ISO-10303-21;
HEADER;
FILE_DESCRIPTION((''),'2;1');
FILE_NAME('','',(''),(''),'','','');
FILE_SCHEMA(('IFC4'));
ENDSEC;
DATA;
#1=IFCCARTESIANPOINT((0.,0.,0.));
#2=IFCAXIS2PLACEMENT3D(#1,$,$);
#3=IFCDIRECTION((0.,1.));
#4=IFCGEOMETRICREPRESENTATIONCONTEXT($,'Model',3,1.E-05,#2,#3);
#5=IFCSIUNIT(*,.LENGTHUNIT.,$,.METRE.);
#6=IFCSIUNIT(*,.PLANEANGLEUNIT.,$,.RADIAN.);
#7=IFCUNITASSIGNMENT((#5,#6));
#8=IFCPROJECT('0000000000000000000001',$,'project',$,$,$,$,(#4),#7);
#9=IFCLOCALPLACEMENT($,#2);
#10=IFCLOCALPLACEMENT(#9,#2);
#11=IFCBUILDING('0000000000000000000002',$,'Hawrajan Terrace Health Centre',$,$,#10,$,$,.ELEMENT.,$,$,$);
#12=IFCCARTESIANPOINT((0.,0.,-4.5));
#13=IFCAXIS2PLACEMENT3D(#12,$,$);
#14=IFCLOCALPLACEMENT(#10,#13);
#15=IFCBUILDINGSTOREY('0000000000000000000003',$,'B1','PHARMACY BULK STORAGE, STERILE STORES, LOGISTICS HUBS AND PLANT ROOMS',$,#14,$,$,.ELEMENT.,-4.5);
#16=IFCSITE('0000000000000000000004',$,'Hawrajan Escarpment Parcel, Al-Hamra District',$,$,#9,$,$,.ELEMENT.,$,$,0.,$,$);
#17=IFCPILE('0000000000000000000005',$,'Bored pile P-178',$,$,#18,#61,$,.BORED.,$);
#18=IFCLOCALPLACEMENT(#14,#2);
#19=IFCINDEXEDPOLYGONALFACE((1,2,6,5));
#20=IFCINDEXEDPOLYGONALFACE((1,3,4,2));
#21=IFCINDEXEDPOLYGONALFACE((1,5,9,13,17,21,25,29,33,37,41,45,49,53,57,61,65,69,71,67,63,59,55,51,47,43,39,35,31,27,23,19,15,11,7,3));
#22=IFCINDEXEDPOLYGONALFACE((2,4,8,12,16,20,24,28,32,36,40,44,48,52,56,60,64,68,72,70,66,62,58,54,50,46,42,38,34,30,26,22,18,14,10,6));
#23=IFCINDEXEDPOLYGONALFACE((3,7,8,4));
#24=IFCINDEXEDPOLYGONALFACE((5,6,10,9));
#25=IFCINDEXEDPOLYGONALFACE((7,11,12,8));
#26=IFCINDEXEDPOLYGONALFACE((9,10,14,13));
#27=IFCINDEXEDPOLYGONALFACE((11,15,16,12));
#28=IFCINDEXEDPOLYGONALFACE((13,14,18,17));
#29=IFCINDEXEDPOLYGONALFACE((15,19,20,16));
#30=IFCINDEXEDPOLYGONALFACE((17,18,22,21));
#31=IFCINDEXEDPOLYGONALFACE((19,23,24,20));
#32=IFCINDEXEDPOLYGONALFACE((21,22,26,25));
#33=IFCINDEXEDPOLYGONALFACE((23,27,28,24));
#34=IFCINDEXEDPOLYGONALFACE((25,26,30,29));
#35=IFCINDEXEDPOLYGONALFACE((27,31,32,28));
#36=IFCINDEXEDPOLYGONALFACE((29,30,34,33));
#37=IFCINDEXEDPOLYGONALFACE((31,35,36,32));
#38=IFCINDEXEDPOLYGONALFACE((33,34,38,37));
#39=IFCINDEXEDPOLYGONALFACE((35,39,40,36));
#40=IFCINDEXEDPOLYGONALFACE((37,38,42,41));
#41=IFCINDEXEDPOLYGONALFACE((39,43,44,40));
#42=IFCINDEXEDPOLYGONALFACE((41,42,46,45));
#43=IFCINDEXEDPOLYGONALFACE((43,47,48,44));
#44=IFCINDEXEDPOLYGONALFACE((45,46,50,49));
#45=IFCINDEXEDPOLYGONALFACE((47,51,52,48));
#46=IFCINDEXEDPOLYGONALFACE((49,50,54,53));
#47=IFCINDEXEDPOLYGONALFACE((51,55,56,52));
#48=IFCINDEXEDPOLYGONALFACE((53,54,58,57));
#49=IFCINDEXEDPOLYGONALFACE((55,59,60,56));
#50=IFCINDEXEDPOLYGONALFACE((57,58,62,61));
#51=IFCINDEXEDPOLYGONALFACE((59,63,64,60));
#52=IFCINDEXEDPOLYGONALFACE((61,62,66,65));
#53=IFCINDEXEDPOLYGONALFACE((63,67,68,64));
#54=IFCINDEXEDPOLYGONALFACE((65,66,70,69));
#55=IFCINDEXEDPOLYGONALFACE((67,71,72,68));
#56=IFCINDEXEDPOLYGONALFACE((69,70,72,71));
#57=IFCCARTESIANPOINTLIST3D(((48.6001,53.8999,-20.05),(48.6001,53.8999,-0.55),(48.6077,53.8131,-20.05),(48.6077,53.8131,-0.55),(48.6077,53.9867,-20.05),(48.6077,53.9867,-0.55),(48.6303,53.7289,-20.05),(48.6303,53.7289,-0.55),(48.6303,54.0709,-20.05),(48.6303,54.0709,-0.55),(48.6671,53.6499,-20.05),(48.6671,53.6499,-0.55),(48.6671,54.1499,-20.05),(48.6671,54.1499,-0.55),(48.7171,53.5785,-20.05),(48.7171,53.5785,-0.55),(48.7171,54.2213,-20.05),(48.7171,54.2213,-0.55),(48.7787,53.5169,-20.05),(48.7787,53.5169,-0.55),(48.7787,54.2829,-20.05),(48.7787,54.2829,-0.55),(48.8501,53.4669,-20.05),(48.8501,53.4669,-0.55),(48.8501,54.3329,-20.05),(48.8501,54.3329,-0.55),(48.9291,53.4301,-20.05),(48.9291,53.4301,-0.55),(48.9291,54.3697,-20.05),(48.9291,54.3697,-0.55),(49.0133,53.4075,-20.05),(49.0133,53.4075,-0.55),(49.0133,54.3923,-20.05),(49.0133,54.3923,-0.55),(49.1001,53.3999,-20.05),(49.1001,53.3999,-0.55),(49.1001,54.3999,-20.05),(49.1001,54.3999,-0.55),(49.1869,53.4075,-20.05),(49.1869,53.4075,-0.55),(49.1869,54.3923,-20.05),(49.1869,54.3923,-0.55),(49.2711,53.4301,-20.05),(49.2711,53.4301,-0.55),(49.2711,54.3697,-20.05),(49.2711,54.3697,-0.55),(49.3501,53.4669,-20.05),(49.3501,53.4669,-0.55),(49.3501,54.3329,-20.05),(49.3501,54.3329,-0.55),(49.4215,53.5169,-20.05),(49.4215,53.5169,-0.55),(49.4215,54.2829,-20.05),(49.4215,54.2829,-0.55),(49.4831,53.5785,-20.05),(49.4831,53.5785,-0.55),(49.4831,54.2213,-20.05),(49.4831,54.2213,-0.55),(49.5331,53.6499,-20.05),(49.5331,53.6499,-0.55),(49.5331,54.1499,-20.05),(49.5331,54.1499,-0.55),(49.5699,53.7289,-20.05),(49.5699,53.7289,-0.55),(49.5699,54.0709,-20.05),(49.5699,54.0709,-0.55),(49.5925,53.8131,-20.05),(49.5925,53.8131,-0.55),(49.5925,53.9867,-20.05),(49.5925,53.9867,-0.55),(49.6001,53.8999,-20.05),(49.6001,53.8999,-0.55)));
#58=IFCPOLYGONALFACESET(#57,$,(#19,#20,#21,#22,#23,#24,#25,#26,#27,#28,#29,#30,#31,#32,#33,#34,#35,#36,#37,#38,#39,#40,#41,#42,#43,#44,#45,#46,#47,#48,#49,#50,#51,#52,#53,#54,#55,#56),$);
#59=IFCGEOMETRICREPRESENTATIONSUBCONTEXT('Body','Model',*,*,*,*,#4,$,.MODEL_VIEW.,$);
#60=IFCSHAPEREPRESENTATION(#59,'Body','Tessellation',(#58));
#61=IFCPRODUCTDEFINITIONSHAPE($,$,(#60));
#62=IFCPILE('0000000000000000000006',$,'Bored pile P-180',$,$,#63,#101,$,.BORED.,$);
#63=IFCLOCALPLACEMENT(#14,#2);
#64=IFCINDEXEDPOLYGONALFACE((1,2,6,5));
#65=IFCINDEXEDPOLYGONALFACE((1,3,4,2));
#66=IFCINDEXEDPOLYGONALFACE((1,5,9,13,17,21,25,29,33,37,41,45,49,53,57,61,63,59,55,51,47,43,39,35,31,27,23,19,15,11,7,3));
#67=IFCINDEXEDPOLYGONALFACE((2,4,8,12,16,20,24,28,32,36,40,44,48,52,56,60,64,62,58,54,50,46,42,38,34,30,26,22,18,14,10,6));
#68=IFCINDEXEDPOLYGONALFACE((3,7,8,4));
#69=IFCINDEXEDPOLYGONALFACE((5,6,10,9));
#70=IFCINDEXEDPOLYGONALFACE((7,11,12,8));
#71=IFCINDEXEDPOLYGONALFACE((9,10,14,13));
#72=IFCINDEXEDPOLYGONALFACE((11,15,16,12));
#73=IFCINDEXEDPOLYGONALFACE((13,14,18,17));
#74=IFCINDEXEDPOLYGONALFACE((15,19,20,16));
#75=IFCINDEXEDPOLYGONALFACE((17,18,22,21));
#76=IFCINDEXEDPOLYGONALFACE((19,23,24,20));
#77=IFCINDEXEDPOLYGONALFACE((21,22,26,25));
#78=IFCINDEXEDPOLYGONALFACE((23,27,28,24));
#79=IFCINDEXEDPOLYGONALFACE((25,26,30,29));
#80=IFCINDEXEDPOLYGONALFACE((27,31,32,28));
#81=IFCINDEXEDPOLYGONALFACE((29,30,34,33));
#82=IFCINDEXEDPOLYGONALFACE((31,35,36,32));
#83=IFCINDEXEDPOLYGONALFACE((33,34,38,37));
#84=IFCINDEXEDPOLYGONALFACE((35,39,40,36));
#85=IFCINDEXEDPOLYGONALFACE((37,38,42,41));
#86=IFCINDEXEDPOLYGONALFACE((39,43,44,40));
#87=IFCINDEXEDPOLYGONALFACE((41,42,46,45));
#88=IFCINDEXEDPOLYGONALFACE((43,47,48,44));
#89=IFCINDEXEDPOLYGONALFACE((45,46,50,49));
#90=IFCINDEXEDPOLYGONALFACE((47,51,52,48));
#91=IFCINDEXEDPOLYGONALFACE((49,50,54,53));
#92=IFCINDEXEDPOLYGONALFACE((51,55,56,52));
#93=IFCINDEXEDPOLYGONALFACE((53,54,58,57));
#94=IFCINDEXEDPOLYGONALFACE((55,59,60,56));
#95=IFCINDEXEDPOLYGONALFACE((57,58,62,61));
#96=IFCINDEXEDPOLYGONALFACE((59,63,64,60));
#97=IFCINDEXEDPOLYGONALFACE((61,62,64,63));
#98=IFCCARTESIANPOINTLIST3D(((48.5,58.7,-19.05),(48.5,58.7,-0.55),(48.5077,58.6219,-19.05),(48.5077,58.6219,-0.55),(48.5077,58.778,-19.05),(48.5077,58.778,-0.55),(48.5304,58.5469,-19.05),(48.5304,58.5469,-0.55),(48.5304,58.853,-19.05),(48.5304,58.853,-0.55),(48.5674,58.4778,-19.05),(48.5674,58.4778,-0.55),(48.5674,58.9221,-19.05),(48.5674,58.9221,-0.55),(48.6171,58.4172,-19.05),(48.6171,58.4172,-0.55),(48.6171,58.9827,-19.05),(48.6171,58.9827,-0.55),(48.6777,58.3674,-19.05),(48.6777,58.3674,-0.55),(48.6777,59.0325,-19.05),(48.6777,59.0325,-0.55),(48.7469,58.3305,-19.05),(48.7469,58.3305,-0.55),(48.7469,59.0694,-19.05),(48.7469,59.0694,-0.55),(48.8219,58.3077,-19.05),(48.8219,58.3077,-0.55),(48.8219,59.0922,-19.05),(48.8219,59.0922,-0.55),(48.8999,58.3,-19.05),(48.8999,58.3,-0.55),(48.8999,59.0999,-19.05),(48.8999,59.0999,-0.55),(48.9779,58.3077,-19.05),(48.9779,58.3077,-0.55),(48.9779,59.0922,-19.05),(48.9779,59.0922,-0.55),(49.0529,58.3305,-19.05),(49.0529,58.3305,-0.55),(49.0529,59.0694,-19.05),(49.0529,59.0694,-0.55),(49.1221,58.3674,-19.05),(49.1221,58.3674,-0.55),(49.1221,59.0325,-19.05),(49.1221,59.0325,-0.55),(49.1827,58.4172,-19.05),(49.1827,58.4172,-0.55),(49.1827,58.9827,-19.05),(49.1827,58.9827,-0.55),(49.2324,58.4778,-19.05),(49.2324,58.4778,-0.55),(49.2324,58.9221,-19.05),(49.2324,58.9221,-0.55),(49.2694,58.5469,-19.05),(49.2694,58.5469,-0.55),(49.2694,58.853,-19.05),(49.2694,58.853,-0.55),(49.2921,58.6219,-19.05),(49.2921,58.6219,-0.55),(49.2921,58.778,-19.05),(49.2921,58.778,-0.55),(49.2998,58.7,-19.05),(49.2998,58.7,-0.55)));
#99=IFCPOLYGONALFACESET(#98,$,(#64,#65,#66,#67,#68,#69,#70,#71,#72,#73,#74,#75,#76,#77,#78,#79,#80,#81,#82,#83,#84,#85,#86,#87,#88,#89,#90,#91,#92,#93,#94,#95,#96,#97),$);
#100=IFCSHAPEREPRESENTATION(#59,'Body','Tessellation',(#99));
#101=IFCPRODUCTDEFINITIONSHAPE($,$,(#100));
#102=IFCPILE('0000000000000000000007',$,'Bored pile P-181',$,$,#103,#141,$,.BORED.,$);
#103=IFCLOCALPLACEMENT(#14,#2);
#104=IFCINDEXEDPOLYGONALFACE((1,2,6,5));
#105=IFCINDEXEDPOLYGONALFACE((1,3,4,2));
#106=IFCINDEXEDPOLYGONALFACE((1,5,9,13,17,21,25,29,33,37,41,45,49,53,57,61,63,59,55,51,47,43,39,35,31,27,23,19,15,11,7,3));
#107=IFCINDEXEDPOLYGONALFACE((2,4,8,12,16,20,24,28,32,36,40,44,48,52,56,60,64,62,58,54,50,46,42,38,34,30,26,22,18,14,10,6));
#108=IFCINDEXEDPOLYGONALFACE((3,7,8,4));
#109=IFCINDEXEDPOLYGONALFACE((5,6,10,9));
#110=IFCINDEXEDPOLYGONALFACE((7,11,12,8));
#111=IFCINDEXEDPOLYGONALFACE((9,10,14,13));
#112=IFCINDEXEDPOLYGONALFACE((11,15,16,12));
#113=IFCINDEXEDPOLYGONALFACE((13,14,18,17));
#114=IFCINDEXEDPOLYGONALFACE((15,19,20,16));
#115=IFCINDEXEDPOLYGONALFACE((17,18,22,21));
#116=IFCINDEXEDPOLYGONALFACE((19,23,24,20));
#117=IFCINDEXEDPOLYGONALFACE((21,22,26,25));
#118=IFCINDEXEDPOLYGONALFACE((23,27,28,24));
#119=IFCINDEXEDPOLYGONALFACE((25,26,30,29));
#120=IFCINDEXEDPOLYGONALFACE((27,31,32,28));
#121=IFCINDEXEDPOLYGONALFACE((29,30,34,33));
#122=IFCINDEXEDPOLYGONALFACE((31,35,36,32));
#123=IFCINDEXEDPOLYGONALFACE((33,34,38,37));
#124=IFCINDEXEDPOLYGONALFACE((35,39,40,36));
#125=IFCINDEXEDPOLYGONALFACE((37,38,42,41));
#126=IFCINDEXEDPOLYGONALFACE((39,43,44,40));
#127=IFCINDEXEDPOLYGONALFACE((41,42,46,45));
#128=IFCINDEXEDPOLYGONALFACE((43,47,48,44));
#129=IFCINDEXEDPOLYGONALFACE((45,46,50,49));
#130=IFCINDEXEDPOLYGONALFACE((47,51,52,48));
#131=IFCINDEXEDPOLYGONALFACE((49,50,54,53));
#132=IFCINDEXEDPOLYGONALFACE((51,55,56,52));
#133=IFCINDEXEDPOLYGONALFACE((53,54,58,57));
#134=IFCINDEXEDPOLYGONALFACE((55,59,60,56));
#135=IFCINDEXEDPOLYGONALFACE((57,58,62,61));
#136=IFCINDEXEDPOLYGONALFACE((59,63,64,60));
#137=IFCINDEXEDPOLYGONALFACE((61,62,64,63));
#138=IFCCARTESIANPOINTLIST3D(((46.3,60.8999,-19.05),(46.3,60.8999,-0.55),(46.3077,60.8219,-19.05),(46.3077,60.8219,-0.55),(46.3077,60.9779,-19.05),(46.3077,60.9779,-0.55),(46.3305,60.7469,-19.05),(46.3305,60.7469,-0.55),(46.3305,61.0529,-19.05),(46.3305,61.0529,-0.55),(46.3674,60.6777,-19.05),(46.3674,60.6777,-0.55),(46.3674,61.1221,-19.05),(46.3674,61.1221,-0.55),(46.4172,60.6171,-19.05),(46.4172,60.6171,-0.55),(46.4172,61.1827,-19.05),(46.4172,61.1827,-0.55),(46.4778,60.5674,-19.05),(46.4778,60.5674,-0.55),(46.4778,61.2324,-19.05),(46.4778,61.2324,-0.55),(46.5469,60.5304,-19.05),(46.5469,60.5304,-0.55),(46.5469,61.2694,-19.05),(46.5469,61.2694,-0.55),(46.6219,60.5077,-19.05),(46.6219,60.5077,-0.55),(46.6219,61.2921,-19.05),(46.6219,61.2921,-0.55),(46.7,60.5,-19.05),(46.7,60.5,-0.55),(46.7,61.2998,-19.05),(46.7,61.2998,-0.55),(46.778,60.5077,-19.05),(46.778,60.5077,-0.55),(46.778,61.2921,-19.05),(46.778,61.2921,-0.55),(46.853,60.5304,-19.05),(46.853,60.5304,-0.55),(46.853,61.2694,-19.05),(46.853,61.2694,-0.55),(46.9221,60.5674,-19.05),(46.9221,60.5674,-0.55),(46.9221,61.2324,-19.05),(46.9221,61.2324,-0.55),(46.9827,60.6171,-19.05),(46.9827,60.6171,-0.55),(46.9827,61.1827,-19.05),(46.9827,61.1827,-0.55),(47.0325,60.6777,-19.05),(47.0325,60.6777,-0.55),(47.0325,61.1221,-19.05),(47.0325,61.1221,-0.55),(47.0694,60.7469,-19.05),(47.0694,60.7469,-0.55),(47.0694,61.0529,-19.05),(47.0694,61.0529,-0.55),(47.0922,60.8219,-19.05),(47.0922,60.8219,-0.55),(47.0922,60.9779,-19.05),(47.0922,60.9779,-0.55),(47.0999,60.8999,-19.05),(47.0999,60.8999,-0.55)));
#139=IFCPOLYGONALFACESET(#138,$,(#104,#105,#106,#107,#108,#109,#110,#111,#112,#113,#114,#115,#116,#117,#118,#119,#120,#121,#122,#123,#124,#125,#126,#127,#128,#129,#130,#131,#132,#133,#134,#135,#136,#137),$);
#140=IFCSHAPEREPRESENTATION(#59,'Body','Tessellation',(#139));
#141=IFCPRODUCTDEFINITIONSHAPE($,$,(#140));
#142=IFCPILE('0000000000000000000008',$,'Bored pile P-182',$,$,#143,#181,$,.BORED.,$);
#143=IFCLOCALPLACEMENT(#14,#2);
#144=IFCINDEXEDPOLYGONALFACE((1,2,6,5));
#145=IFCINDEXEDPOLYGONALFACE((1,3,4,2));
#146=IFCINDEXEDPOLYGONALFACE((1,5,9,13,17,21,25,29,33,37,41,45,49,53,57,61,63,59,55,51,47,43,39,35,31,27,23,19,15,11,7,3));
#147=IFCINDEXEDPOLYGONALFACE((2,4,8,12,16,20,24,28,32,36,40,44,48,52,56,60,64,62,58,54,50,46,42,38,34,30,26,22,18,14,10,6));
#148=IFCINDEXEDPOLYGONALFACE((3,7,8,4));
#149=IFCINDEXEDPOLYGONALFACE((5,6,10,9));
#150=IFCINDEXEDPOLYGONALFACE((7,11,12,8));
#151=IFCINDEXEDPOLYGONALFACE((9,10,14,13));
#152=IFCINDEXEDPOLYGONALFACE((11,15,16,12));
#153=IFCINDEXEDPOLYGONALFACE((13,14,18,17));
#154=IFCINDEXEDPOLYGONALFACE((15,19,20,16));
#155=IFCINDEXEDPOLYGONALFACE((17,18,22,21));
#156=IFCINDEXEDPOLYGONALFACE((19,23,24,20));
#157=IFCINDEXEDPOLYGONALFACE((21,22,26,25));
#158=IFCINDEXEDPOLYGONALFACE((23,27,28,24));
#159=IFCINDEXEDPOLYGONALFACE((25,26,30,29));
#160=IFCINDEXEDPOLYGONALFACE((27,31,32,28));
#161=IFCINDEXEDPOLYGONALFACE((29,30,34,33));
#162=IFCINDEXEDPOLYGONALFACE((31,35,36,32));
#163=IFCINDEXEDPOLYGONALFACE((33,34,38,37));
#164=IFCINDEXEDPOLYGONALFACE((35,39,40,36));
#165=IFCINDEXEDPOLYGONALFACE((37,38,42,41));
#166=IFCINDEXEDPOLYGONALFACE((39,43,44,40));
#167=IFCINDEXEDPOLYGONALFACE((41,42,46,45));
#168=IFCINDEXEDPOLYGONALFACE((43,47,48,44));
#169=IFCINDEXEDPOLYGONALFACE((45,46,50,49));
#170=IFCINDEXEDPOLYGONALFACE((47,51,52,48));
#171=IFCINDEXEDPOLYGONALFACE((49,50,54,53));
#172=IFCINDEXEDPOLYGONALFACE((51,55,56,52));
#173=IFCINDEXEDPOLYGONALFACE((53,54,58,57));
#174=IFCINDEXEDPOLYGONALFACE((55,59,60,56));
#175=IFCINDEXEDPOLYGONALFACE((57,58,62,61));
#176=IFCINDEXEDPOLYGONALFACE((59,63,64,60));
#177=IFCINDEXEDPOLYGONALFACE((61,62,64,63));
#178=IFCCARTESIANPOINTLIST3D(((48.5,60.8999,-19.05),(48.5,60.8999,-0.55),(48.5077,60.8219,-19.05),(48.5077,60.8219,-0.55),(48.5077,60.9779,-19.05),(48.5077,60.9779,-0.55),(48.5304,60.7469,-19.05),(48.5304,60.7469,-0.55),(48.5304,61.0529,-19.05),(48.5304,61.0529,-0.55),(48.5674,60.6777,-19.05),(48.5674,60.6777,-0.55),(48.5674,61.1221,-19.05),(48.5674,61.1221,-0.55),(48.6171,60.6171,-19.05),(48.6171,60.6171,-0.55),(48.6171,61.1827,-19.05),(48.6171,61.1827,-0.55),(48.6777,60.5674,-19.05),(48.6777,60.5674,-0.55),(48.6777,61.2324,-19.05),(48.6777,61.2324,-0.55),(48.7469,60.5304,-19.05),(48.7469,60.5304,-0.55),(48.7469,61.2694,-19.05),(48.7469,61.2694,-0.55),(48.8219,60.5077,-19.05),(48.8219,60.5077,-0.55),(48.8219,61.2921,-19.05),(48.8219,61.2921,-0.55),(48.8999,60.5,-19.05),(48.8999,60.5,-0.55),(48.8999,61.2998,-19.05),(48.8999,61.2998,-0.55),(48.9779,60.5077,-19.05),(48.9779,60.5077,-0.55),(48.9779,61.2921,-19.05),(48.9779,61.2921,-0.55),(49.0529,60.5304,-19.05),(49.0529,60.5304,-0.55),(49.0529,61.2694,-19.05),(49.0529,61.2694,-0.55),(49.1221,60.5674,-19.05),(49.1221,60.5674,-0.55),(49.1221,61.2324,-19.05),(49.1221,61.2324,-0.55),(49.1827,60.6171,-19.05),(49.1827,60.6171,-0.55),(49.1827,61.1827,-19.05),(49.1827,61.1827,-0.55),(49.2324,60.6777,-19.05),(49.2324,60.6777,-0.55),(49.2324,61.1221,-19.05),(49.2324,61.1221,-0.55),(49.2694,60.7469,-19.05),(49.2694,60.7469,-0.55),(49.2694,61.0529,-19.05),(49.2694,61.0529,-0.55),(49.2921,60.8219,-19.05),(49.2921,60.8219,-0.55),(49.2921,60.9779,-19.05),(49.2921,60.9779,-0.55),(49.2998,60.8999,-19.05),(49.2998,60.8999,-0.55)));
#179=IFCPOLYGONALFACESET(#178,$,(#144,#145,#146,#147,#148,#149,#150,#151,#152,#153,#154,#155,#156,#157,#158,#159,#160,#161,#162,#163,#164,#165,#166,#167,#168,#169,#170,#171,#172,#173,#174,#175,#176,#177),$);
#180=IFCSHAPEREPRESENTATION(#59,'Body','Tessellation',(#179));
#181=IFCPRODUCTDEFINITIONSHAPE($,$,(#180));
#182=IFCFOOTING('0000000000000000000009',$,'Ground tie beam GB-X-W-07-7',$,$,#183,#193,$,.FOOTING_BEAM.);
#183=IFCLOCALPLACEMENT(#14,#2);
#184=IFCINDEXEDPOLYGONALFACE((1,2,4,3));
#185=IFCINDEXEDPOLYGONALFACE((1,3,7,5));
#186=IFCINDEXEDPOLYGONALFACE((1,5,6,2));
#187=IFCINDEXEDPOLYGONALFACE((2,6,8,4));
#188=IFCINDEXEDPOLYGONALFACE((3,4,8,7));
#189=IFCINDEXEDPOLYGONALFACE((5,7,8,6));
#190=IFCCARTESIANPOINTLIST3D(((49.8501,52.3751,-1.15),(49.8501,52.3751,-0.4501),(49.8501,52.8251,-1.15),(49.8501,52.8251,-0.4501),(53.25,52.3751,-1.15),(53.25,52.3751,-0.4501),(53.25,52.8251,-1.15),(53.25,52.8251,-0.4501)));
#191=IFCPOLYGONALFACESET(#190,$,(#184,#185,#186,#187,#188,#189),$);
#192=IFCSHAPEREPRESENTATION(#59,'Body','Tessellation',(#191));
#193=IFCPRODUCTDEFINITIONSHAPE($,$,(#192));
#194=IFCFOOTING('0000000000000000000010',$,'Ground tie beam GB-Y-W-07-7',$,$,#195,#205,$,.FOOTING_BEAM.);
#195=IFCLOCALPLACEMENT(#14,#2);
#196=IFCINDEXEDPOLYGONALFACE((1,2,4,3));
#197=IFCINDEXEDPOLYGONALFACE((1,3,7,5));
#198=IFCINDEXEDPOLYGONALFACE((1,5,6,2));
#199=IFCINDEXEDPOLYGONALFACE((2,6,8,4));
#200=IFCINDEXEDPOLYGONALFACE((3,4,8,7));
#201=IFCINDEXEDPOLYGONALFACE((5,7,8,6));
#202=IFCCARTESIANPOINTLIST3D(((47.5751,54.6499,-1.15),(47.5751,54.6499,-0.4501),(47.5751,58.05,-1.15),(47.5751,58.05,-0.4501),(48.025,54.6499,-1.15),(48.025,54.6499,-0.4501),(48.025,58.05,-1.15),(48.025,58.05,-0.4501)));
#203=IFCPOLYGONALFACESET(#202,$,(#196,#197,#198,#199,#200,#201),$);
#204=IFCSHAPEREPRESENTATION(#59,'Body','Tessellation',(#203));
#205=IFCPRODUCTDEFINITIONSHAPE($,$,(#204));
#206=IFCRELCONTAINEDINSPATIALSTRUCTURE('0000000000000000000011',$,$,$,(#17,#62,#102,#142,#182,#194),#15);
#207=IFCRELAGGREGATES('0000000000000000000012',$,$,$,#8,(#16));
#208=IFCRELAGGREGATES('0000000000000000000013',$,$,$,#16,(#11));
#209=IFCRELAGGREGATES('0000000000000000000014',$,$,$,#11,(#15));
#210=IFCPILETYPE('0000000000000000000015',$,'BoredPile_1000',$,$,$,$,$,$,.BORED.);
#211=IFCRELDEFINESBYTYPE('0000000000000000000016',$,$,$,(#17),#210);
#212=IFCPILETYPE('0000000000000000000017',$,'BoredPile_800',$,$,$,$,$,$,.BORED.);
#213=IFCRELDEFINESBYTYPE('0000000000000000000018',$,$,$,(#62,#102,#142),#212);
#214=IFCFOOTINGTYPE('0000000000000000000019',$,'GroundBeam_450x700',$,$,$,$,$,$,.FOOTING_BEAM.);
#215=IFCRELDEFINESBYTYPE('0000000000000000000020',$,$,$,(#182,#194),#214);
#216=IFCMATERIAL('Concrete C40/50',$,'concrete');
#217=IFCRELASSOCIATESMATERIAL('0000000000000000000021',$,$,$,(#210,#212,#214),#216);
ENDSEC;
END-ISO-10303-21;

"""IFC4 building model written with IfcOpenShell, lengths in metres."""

from ifc_helpers import new_model, si_unit, direction, frame, origin, origin_2d, place, context, subcontext, project, spatial, rectangle, circle, extrude, material, material_profile, profile_set, type_object, element, save


model = new_model("IFC4")

# Units and contexts
model_context = context("Model", 3, precision=1e-05, world=origin(), true_north=direction((0.0, 1.0)))
body_context = subcontext(model_context, "Body", "Model", "MODEL_VIEW")
ifc_project = project(units=[si_unit("LENGTHUNIT", "METRE"), si_unit("PLANEANGLEUNIT", "RADIAN")], contexts=[model_context])

# Site, building, storey
site_placement = place(None, origin())
site = spatial("IfcSite", under=ifc_project, at=site_placement, Name="Hawrajan Escarpment Parcel, Al-Hamra District", CompositionType="ELEMENT", RefElevation=0.0)
building_placement = place(site_placement, origin())
building = spatial("IfcBuilding", under=site, at=building_placement, Name="Hawrajan Terrace Health Centre", CompositionType="ELEMENT")
storey_placement = place(building_placement, frame((0.0, 0.0, -4.5)))
storey = spatial("IfcBuildingStorey", under=building, at=storey_placement, Name="B1", Description="PHARMACY BULK STORAGE, STERILE STORES, LOGISTICS HUBS AND PLANT ROOMS", CompositionType="ELEMENT", Elevation=-4.5)

# Piles
ifc_material_1 = material(Name="Concrete C40/50", Category="concrete")
ifc_material_profile_1 = material_profile(ifc_material_1, circle(Radius=0.5, at=origin_2d()), Name="BP 1000")
ifc_profile_set_1 = profile_set([ifc_material_profile_1], Name="Concrete C40/50")
pile_type_1 = type_object("IfcPileType", Name="BoredPile_1000", PredefinedType="BORED", material=ifc_profile_set_1)
pile_placement = place(storey_placement, frame((49.1001, 53.8999, -0.55), z_axis=(0.0, 0.0, -1.0), x_axis=(1.0, 0.0, 0.0)))
element("IfcPile", 1, at=pile_placement, inside=storey, type_object=pile_type_1, Name="Bored pile P-178", PredefinedType="BORED", context=body_context, shape_type="SweptSolid", body=[
    extrude(circle(Radius=0.5, at=origin_2d()), origin(), (0.0, 0.0, 1.0), 19.5),
])
ifc_material_profile_2 = material_profile(ifc_material_1, circle(Radius=0.3999, at=origin_2d()), Name="BP 800")
ifc_profile_set_2 = profile_set([ifc_material_profile_2], Name="Concrete C40/50")
pile_type_2 = type_object("IfcPileType", Name="BoredPile_800", PredefinedType="BORED", material=ifc_profile_set_2)
for number, where, z_axis, x_axis, name in (
    (2, (48.8999, 58.7, -0.55), (0.0, 0.0, -1.0), (1.0, 0.0, 0.0), "Bored pile P-180"),
    (3, (46.7, 60.8999, -0.55), (0.0, 0.0, -1.0), (1.0, 0.0, 0.0), "Bored pile P-181"),
    (4, (48.8999, 60.8999, -0.55), (0.0, 0.0, -1.0), (1.0, 0.0, 0.0), "Bored pile P-182"),
):
    element("IfcPile", number, at=place(storey_placement, frame(where, z_axis=z_axis, x_axis=x_axis)), inside=storey, type_object=pile_type_2, Name=name, PredefinedType="BORED", context=body_context, shape_type="SweptSolid", body=[
        extrude(circle(Radius=0.3999, at=origin_2d()), origin(), (0.0, 0.0, 1.0), 18.5),
    ])

# Footings
ifc_material_profile_3 = material_profile(ifc_material_1, rectangle(XDim=0.45, YDim=0.7, at=origin_2d()), Name="RC BM 450x700")
ifc_profile_set_3 = profile_set([ifc_material_profile_3], Name="Concrete C40/50")
footing_type_1 = type_object("IfcFootingType", Name="GroundBeam_450x700", PredefinedType="FOOTING_BEAM", material=ifc_profile_set_3)
footing_1_placement = place(storey_placement, frame((49.8501, 52.6001, -0.8), z_axis=(1.0, 0.0, 0.0), x_axis=(0.0, 1.0, 0.0)))
element("IfcFooting", 5, at=footing_1_placement, inside=storey, type_object=footing_type_1, Name="Ground tie beam GB-X-W-07-7", PredefinedType="FOOTING_BEAM", context=body_context, shape_type="SweptSolid", body=[
    extrude(rectangle(XDim=0.45, YDim=0.7, at=origin_2d()), origin(), (0.0, 0.0, 1.0), 3.3999),
])
footing_2_placement = place(storey_placement, frame((47.8, 54.6499, -0.8), z_axis=(0.0, 1.0, 0.0), x_axis=(-1.0, 0.0, 0.0)))
element("IfcFooting", 6, at=footing_2_placement, inside=storey, type_object=footing_type_1, Name="Ground tie beam GB-Y-W-07-7", PredefinedType="FOOTING_BEAM", context=body_context, shape_type="SweptSolid", body=[
    extrude(rectangle(XDim=0.45, YDim=0.7, at=origin_2d()), origin(), (0.0, 0.0, 1.0), 3.4001),
])

save(model, "model.ifc")
